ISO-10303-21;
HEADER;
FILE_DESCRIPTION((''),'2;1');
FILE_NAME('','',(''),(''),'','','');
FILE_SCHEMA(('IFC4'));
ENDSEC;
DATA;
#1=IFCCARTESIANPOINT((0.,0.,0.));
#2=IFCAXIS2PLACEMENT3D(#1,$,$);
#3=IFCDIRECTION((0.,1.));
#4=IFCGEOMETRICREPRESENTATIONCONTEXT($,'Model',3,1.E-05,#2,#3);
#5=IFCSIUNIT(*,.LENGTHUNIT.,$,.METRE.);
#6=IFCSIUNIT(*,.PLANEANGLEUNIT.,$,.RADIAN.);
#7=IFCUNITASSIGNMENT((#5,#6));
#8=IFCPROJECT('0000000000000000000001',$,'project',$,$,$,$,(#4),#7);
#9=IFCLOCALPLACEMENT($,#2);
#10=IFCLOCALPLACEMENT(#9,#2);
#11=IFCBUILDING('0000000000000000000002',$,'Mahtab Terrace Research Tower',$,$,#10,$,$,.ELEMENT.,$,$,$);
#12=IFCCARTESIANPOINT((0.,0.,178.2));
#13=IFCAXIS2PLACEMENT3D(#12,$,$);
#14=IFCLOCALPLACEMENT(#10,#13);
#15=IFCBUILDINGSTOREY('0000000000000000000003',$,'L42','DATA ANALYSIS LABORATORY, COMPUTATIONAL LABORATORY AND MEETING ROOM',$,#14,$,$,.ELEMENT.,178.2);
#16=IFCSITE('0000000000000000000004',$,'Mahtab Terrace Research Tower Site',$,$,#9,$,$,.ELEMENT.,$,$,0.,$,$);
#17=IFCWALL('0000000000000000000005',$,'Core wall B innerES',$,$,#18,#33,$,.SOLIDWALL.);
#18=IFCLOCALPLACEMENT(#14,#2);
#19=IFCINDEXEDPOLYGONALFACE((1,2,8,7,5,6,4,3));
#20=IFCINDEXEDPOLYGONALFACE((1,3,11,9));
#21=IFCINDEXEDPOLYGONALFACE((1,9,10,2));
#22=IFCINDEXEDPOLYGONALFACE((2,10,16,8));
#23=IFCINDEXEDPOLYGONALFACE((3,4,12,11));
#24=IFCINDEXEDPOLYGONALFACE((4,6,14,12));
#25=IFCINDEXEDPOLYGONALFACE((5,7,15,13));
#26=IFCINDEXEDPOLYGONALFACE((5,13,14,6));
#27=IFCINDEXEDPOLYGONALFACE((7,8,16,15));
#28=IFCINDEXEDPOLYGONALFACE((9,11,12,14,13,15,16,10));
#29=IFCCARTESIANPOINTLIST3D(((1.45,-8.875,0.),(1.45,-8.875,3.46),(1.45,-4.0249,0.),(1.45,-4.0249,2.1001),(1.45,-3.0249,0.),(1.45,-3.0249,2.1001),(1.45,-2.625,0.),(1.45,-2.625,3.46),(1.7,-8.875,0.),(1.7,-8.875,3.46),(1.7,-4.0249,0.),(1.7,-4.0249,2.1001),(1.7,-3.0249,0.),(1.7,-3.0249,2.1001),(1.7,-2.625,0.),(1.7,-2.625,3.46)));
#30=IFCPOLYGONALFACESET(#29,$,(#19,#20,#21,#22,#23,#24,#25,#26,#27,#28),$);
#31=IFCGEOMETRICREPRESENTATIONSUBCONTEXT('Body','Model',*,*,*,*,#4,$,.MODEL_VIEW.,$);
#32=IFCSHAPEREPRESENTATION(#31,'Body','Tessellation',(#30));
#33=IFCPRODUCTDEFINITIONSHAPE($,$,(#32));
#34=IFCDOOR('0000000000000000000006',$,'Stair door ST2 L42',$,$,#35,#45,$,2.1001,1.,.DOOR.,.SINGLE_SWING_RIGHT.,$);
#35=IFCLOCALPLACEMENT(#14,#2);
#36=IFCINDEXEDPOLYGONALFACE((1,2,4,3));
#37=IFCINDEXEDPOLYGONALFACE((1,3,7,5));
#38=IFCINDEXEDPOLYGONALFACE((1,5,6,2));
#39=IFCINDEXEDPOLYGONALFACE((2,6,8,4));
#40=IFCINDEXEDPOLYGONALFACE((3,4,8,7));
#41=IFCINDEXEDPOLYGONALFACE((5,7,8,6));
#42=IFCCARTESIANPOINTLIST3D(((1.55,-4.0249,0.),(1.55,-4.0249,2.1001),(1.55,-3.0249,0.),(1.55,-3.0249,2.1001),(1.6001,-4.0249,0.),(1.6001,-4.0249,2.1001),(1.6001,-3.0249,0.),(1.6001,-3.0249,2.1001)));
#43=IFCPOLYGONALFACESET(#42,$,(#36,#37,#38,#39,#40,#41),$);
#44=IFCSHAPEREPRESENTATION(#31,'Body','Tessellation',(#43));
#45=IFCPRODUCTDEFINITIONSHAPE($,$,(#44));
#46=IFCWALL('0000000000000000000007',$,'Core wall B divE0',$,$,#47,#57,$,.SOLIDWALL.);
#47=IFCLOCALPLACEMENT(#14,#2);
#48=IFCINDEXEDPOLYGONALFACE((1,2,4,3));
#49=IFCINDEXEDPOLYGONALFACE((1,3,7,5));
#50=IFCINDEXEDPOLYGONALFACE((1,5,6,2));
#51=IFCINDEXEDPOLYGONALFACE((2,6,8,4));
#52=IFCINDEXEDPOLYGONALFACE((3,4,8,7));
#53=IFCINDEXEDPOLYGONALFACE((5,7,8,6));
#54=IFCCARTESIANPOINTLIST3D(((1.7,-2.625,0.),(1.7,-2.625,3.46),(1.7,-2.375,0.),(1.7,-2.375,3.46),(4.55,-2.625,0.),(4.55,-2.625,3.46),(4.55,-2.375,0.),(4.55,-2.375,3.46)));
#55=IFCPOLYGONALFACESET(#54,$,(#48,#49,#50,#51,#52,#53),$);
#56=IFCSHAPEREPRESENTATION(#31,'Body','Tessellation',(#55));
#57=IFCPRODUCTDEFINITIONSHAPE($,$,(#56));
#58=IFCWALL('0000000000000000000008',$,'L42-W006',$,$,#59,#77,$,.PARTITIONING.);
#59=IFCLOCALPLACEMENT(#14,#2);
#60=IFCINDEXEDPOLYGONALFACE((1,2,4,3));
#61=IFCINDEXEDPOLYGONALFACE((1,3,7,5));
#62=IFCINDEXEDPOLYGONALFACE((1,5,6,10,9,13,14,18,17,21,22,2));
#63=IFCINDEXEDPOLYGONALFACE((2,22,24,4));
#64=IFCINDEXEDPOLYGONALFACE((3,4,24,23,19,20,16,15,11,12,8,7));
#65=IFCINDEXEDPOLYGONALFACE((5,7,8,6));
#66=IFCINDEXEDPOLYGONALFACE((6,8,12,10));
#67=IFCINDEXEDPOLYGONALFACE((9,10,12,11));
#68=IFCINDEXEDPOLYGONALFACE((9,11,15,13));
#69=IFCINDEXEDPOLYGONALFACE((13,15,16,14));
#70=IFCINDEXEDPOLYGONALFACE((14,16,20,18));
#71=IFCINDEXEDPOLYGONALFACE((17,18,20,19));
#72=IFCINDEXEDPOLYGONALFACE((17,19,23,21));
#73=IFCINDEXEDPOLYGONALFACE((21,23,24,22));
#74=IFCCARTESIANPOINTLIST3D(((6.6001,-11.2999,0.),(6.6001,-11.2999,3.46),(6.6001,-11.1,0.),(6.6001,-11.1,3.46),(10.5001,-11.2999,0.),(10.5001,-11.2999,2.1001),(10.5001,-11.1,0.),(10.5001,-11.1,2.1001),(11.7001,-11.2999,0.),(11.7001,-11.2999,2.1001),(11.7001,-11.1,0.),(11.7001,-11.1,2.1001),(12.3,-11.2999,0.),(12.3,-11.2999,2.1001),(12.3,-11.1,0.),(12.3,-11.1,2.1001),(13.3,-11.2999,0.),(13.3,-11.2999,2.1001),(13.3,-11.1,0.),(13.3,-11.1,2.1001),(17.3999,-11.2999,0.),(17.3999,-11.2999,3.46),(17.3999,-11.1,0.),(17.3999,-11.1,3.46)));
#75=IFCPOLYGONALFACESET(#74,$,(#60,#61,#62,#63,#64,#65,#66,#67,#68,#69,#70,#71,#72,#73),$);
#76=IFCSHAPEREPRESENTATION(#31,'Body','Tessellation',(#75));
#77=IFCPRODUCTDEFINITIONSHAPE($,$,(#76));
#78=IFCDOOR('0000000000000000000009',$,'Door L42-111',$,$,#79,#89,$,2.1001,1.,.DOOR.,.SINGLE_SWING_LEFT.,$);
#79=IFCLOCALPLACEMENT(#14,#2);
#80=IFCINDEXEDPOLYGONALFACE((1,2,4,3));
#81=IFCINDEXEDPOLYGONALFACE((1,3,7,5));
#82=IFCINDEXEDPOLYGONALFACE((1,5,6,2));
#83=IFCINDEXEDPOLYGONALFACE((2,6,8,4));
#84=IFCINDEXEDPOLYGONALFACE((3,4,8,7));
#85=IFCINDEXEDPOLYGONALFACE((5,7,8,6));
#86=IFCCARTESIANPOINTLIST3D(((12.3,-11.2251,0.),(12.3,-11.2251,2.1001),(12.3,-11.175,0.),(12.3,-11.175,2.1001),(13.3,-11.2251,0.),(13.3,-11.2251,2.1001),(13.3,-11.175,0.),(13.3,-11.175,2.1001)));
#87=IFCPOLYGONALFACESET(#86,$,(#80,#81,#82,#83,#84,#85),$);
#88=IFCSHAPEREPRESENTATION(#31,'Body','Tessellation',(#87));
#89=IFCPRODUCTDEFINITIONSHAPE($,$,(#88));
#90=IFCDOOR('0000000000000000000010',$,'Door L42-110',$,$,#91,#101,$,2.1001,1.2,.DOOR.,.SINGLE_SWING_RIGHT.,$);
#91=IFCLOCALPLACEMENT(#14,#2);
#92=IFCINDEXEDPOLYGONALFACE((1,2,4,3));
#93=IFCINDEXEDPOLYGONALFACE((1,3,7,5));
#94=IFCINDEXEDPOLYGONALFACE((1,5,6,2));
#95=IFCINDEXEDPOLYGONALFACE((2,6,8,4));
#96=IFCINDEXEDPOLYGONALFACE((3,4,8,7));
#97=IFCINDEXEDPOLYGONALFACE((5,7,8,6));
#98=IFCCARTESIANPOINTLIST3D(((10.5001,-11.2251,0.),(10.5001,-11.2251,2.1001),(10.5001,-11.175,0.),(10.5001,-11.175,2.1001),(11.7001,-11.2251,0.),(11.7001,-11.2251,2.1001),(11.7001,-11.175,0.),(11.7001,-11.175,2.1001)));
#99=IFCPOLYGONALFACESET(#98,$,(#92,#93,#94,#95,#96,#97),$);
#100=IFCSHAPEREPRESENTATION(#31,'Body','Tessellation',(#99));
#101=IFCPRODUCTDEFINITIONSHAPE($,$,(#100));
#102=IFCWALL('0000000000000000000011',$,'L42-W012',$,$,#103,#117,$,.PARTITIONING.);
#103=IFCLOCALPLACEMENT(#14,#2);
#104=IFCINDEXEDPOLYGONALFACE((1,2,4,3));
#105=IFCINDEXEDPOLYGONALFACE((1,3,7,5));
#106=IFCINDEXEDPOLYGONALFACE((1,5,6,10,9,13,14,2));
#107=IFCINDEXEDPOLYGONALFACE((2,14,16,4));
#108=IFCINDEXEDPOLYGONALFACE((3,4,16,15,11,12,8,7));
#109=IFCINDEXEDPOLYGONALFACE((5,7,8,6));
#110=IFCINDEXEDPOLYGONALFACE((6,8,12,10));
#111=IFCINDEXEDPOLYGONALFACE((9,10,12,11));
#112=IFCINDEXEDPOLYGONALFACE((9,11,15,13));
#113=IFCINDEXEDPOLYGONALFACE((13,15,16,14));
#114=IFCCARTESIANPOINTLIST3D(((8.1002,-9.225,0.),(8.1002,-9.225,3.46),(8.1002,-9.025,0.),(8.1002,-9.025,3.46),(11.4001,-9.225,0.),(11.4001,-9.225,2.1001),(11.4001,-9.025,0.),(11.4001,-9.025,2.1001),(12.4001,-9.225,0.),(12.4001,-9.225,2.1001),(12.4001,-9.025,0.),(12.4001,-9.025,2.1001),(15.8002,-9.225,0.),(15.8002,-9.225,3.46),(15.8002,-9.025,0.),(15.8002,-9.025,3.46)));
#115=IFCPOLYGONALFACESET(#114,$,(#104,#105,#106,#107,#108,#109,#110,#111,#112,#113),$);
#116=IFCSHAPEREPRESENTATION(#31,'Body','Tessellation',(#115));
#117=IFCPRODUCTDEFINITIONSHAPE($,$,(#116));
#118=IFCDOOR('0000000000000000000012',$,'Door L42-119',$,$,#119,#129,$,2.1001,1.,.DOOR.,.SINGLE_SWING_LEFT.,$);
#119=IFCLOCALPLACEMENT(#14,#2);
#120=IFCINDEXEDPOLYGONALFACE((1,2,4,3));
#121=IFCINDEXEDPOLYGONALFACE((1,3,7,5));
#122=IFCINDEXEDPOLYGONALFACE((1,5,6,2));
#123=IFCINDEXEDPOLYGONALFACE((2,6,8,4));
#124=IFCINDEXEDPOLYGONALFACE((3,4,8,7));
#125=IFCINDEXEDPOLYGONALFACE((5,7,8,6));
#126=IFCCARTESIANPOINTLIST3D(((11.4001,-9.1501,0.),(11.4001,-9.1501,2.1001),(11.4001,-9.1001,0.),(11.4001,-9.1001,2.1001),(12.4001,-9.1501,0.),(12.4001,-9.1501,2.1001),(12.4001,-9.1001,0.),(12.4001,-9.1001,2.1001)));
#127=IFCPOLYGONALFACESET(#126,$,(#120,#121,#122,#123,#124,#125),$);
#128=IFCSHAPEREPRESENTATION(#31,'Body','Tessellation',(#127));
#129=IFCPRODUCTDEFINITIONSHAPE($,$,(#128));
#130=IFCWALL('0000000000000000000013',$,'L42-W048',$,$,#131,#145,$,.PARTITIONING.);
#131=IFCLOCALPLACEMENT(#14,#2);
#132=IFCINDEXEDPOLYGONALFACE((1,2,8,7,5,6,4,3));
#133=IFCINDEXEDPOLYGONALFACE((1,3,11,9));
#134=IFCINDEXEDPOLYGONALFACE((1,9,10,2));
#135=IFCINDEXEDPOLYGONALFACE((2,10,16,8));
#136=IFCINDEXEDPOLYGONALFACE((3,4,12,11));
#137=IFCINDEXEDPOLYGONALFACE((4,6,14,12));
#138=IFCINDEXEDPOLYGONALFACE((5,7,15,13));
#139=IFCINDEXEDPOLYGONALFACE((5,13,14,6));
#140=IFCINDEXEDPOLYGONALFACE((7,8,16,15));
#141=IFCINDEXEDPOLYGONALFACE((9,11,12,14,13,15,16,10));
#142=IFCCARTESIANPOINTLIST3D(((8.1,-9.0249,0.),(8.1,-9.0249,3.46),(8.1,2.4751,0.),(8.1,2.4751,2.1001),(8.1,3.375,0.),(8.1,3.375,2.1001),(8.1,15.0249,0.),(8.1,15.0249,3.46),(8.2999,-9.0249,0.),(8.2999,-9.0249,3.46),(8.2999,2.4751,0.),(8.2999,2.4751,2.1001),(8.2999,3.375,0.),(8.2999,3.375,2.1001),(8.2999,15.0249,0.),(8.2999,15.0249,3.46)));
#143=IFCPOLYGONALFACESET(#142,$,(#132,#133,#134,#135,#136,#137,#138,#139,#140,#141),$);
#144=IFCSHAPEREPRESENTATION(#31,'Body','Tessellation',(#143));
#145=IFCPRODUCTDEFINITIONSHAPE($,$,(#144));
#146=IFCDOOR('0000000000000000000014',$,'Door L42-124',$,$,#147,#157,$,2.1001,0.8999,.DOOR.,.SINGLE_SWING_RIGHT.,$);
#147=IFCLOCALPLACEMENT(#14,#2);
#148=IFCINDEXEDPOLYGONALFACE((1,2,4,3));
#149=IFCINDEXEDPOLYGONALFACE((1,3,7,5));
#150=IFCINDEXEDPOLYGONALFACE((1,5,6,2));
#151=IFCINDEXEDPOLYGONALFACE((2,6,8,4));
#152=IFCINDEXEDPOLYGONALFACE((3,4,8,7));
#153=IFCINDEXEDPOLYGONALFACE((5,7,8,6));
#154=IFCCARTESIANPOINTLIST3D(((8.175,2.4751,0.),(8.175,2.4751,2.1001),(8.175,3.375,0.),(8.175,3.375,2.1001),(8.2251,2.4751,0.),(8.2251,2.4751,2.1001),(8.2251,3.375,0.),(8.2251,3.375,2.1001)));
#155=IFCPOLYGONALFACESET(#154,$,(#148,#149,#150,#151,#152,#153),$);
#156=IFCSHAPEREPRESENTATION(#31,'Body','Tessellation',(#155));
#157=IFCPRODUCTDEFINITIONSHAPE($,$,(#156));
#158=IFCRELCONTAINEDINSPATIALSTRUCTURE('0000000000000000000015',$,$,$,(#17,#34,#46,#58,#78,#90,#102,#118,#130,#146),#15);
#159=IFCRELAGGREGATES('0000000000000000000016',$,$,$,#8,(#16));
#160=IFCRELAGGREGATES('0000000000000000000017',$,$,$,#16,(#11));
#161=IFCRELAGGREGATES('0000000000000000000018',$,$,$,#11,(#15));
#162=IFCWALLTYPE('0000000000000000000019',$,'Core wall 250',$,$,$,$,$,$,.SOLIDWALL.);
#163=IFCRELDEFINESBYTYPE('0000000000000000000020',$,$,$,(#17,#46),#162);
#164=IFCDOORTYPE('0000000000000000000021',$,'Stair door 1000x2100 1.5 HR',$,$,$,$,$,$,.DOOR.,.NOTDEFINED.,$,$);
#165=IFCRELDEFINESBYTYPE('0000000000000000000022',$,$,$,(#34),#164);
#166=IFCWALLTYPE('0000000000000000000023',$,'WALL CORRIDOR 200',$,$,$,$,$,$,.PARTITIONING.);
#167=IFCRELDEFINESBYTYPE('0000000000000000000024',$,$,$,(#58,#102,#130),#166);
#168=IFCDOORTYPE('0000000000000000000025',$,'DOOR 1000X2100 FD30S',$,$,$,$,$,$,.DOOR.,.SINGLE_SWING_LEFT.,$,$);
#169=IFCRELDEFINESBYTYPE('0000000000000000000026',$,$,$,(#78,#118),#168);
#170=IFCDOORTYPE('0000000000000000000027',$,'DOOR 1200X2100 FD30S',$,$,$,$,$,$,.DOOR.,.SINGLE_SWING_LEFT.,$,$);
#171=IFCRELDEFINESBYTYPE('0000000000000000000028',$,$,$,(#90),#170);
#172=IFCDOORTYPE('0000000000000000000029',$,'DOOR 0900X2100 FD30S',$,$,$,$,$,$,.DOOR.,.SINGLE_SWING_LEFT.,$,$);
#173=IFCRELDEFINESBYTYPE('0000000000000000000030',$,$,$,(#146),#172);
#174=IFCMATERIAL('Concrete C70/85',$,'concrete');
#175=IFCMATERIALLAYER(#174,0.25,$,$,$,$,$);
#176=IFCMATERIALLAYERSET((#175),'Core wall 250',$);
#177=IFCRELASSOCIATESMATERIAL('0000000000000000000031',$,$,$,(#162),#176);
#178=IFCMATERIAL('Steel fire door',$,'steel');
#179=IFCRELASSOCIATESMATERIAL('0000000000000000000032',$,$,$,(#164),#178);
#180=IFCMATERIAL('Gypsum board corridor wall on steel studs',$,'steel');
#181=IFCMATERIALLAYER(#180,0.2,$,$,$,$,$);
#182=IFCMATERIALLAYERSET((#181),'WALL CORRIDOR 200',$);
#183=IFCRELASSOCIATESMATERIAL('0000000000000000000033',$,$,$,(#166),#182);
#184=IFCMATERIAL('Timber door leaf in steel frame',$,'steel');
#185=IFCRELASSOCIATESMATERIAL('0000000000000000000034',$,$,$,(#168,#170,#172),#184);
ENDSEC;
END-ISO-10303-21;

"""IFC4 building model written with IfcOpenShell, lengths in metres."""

from ifc_helpers import new_model, si_unit, direction, frame, frame_2d, origin, place, context, subcontext, project, spatial, rectangle, extrude, material, layer, layer_set, type_object, element, fill, save


model = new_model("IFC4")

# Units and contexts
model_context = context("Model", 3, precision=1e-05, world=origin(), true_north=direction((0.0, 1.0)))
body_context = subcontext(model_context, "Body", "Model", "MODEL_VIEW")
ifc_project = project(units=[si_unit("LENGTHUNIT", "METRE"), si_unit("PLANEANGLEUNIT", "RADIAN")], contexts=[model_context])

# Site, building, storey
site_placement = place(None, origin())
site = spatial("IfcSite", under=ifc_project, at=site_placement, Name="Mahtab Terrace Research Tower Site", CompositionType="ELEMENT", RefElevation=0.0)
building_placement = place(site_placement, origin())
building = spatial("IfcBuilding", under=site, at=building_placement, Name="Mahtab Terrace Research Tower", CompositionType="ELEMENT")
storey_placement = place(building_placement, frame((0.0, 0.0, 178.2)))
storey = spatial("IfcBuildingStorey", under=building, at=storey_placement, Name="L42", Description="DATA ANALYSIS LABORATORY, COMPUTATIONAL LABORATORY AND MEETING ROOM", CompositionType="ELEMENT", Elevation=178.2)

# Shared definitions
ifc_material_1 = material(Name="Concrete C70/85", Category="concrete")

# Shared definitions
ifc_layer_1 = layer(ifc_material_1, 0.25)
ifc_layer_set_1 = layer_set([ifc_layer_1], Name="Core wall 250")
wall_type_1 = type_object("IfcWallType", Name="Core wall 250", PredefinedType="SOLIDWALL", material=ifc_layer_set_1)

# Wall, opening, door
ifc_material_2 = material(Name="Steel fire door", Category="steel")
wall_1_placement = place(storey_placement, frame((1.575, -8.875, 0.0), z_axis=(0.0, 0.0, 1.0), x_axis=(0.0, 1.0, 0.0)))
wall_1 = element("IfcWall", 1, at=wall_1_placement, inside=storey, type_object=wall_type_1, Name="Core wall B innerES", PredefinedType="SOLIDWALL", context=body_context, shape_type="SweptSolid", body=[
    extrude(rectangle(XDim=6.25, YDim=0.25, at=frame_2d((3.125, 0.0))), origin(), (0.0, 0.0, 1.0), 3.46),
])
opening_1_placement = place(wall_1_placement, frame((4.8501, 0.0, 0.0)))
opening_1 = element("IfcOpeningElement", 2, at=opening_1_placement, cuts=wall_1, PredefinedType="OPENING", context=body_context, shape_type="SweptSolid", body=[
    extrude(rectangle(XDim=1.0, YDim=2.1001, at=frame_2d((0.5, 1.05))), frame((0.0, 0.135, 0.0), z_axis=(0.0, -1.0, 0.0), x_axis=(1.0, 0.0, 0.0)), (0.0, 0.0, 1.0), 0.27),
])
door_type_1 = type_object("IfcDoorType", Name="Stair door 1000x2100 1.5 HR", OperationType="NOTDEFINED", PredefinedType="DOOR", material=ifc_material_2)
door_1_placement = place(opening_1_placement, origin())
door_1 = element("IfcDoor", 3, at=door_1_placement, inside=storey, type_object=door_type_1, Name="Stair door ST2 L42", OperationType="SINGLE_SWING_RIGHT", OverallHeight=2.1001, OverallWidth=1.0, PredefinedType="DOOR", context=body_context, shape_type="SweptSolid", body=[
    extrude(rectangle(XDim=1.0, YDim=2.1001, at=frame_2d((0.5, 1.05))), frame((0.0, 0.0249, 0.0), z_axis=(0.0, -1.0, 0.0), x_axis=(1.0, 0.0, 0.0)), (0.0, 0.0, 1.0), 0.05),
])
fill(opening_1, door_1)

# Wall
wall_2_placement = place(storey_placement, frame((1.7, -2.5, 0.0), z_axis=(0.0, 0.0, 1.0), x_axis=(1.0, 0.0, 0.0)))
element("IfcWall", 4, at=wall_2_placement, inside=storey, type_object=wall_type_1, Name="Core wall B divE0", PredefinedType="SOLIDWALL", context=body_context, shape_type="SweptSolid", body=[
    extrude(rectangle(XDim=2.8501, YDim=0.25, at=frame_2d((1.425, 0.0))), origin(), (0.0, 0.0, 1.0), 3.46),
])

# Wall, openings, doors
ifc_material_3 = material(Name="Gypsum board corridor wall on steel studs", Category="steel")
ifc_layer_2 = layer(ifc_material_3, 0.2)
ifc_layer_set_2 = layer_set([ifc_layer_2], Name="WALL CORRIDOR 200")
wall_type_2 = type_object("IfcWallType", Name="WALL CORRIDOR 200", PredefinedType="PARTITIONING", material=ifc_layer_set_2)
wall_3_placement = place(storey_placement, frame((6.6001, -11.2, 0.0), z_axis=(0.0, 0.0, 1.0), x_axis=(1.0, 0.0, 0.0)))
wall_3 = element("IfcWall", 5, at=wall_3_placement, inside=storey, type_object=wall_type_2, Name="L42-W006", PredefinedType="PARTITIONING", context=body_context, shape_type="SweptSolid", body=[
    extrude(rectangle(XDim=10.7998, YDim=0.2, at=frame_2d((5.3999, 0.0))), origin(), (0.0, 0.0, 1.0), 3.46),
])
opening_2_placement = place(wall_3_placement, frame((3.8999, 0.0, 0.0)))
opening_2 = element("IfcOpeningElement", 6, at=opening_2_placement, cuts=wall_3, PredefinedType="OPENING", context=body_context, shape_type="SweptSolid", body=[
    extrude(rectangle(XDim=1.2, YDim=2.1001, at=frame_2d((0.6001, 1.05))), frame((0.0, 0.1099, 0.0), z_axis=(0.0, -1.0, 0.0), x_axis=(1.0, 0.0, 0.0)), (0.0, 0.0, 1.0), 0.22),
])
opening_3_placement = place(wall_3_placement, frame((5.7, 0.0, 0.0)))
opening_3 = element("IfcOpeningElement", 7, at=opening_3_placement, cuts=wall_3, PredefinedType="OPENING", context=body_context, shape_type="SweptSolid", body=[
    extrude(rectangle(XDim=1.0, YDim=2.1001, at=frame_2d((0.5, 1.05))), frame((0.0, 0.1099, 0.0), z_axis=(0.0, -1.0, 0.0), x_axis=(1.0, 0.0, 0.0)), (0.0, 0.0, 1.0), 0.22),
])
ifc_material_4 = material(Name="Timber door leaf in steel frame", Category="steel")
door_type_2 = type_object("IfcDoorType", Name="DOOR 1000X2100 FD30S", OperationType="SINGLE_SWING_LEFT", PredefinedType="DOOR", material=ifc_material_4)
door_2_placement = place(opening_3_placement, origin())
door_2 = element("IfcDoor", 8, at=door_2_placement, inside=storey, type_object=door_type_2, Name="Door L42-111", OperationType="SINGLE_SWING_LEFT", OverallHeight=2.1001, OverallWidth=1.0, PredefinedType="DOOR", context=body_context, shape_type="SweptSolid", body=[
    extrude(rectangle(XDim=1.0, YDim=2.1001, at=frame_2d((0.5, 1.05))), frame((0.0, 0.0249, 0.0), z_axis=(0.0, -1.0, 0.0), x_axis=(1.0, 0.0, 0.0)), (0.0, 0.0, 1.0), 0.05),
])
fill(opening_3, door_2)
door_type_3 = type_object("IfcDoorType", Name="DOOR 1200X2100 FD30S", OperationType="SINGLE_SWING_LEFT", PredefinedType="DOOR", material=ifc_material_4)
door_3_placement = place(opening_2_placement, origin())
door_3 = element("IfcDoor", 9, at=door_3_placement, inside=storey, type_object=door_type_3, Name="Door L42-110", OperationType="SINGLE_SWING_RIGHT", OverallHeight=2.1001, OverallWidth=1.2, PredefinedType="DOOR", context=body_context, shape_type="SweptSolid", body=[
    extrude(rectangle(XDim=1.2, YDim=2.1001, at=frame_2d((0.6001, 1.05))), frame((0.0, 0.0249, 0.0), z_axis=(0.0, -1.0, 0.0), x_axis=(1.0, 0.0, 0.0)), (0.0, 0.0, 1.0), 0.05),
])
fill(opening_2, door_3)

# Walls, openings, doors
wall_4_placement = place(storey_placement, frame((8.1001, -9.125, 0.0), z_axis=(0.0, 0.0, 1.0), x_axis=(1.0, 0.0, 0.0)))
wall_4 = element("IfcWall", 10, at=wall_4_placement, inside=storey, type_object=wall_type_2, Name="L42-W012", PredefinedType="PARTITIONING", context=body_context, shape_type="SweptSolid", body=[
    extrude(rectangle(XDim=7.7, YDim=0.2, at=frame_2d((3.8501, 0.0))), origin(), (0.0, 0.0, 1.0), 3.46),
])
opening_4_placement = place(wall_4_placement, frame((3.3, 0.0, 0.0)))
opening_4 = element("IfcOpeningElement", 11, at=opening_4_placement, cuts=wall_4, PredefinedType="OPENING", context=body_context, shape_type="SweptSolid", body=[
    extrude(rectangle(XDim=1.0, YDim=2.1001, at=frame_2d((0.5, 1.05))), frame((0.0, 0.1099, 0.0), z_axis=(0.0, -1.0, 0.0), x_axis=(1.0, 0.0, 0.0)), (0.0, 0.0, 1.0), 0.22),
])
door_4_placement = place(opening_4_placement, origin())
door_4 = element("IfcDoor", 12, at=door_4_placement, inside=storey, type_object=door_type_2, Name="Door L42-119", OperationType="SINGLE_SWING_LEFT", OverallHeight=2.1001, OverallWidth=1.0, PredefinedType="DOOR", context=body_context, shape_type="SweptSolid", body=[
    extrude(rectangle(XDim=1.0, YDim=2.1001, at=frame_2d((0.5, 1.05))), frame((0.0, 0.0249, 0.0), z_axis=(0.0, -1.0, 0.0), x_axis=(1.0, 0.0, 0.0)), (0.0, 0.0, 1.0), 0.05),
])
fill(opening_4, door_4)
wall_5_placement = place(storey_placement, frame((8.2, -9.0249, 0.0), z_axis=(0.0, 0.0, 1.0), x_axis=(0.0, 1.0, 0.0)))
wall_5 = element("IfcWall", 13, at=wall_5_placement, inside=storey, type_object=wall_type_2, Name="L42-W048", PredefinedType="PARTITIONING", context=body_context, shape_type="SweptSolid", body=[
    extrude(rectangle(XDim=24.0498, YDim=0.2, at=frame_2d((12.0249, 0.0))), origin(), (0.0, 0.0, 1.0), 3.46),
])
opening_5_placement = place(wall_5_placement, frame((11.5, 0.0, 0.0)))
opening_5 = element("IfcOpeningElement", 14, at=opening_5_placement, cuts=wall_5, PredefinedType="OPENING", context=body_context, shape_type="SweptSolid", body=[
    extrude(rectangle(XDim=0.8999, YDim=2.1001, at=frame_2d((0.45, 1.05))), frame((0.0, 0.1099, 0.0), z_axis=(0.0, -1.0, 0.0), x_axis=(1.0, 0.0, 0.0)), (0.0, 0.0, 1.0), 0.22),
])
door_type_4 = type_object("IfcDoorType", Name="DOOR 0900X2100 FD30S", OperationType="SINGLE_SWING_LEFT", PredefinedType="DOOR", material=ifc_material_4)
door_5_placement = place(opening_5_placement, origin())
door_5 = element("IfcDoor", 15, at=door_5_placement, inside=storey, type_object=door_type_4, Name="Door L42-124", OperationType="SINGLE_SWING_RIGHT", OverallHeight=2.1001, OverallWidth=0.8999, PredefinedType="DOOR", context=body_context, shape_type="SweptSolid", body=[
    extrude(rectangle(XDim=0.8999, YDim=2.1001, at=frame_2d((0.45, 1.05))), frame((0.0, 0.0249, 0.0), z_axis=(0.0, -1.0, 0.0), x_axis=(1.0, 0.0, 0.0)), (0.0, 0.0, 1.0), 0.05),
])
fill(opening_5, door_5)

save(model, "model.ifc")
